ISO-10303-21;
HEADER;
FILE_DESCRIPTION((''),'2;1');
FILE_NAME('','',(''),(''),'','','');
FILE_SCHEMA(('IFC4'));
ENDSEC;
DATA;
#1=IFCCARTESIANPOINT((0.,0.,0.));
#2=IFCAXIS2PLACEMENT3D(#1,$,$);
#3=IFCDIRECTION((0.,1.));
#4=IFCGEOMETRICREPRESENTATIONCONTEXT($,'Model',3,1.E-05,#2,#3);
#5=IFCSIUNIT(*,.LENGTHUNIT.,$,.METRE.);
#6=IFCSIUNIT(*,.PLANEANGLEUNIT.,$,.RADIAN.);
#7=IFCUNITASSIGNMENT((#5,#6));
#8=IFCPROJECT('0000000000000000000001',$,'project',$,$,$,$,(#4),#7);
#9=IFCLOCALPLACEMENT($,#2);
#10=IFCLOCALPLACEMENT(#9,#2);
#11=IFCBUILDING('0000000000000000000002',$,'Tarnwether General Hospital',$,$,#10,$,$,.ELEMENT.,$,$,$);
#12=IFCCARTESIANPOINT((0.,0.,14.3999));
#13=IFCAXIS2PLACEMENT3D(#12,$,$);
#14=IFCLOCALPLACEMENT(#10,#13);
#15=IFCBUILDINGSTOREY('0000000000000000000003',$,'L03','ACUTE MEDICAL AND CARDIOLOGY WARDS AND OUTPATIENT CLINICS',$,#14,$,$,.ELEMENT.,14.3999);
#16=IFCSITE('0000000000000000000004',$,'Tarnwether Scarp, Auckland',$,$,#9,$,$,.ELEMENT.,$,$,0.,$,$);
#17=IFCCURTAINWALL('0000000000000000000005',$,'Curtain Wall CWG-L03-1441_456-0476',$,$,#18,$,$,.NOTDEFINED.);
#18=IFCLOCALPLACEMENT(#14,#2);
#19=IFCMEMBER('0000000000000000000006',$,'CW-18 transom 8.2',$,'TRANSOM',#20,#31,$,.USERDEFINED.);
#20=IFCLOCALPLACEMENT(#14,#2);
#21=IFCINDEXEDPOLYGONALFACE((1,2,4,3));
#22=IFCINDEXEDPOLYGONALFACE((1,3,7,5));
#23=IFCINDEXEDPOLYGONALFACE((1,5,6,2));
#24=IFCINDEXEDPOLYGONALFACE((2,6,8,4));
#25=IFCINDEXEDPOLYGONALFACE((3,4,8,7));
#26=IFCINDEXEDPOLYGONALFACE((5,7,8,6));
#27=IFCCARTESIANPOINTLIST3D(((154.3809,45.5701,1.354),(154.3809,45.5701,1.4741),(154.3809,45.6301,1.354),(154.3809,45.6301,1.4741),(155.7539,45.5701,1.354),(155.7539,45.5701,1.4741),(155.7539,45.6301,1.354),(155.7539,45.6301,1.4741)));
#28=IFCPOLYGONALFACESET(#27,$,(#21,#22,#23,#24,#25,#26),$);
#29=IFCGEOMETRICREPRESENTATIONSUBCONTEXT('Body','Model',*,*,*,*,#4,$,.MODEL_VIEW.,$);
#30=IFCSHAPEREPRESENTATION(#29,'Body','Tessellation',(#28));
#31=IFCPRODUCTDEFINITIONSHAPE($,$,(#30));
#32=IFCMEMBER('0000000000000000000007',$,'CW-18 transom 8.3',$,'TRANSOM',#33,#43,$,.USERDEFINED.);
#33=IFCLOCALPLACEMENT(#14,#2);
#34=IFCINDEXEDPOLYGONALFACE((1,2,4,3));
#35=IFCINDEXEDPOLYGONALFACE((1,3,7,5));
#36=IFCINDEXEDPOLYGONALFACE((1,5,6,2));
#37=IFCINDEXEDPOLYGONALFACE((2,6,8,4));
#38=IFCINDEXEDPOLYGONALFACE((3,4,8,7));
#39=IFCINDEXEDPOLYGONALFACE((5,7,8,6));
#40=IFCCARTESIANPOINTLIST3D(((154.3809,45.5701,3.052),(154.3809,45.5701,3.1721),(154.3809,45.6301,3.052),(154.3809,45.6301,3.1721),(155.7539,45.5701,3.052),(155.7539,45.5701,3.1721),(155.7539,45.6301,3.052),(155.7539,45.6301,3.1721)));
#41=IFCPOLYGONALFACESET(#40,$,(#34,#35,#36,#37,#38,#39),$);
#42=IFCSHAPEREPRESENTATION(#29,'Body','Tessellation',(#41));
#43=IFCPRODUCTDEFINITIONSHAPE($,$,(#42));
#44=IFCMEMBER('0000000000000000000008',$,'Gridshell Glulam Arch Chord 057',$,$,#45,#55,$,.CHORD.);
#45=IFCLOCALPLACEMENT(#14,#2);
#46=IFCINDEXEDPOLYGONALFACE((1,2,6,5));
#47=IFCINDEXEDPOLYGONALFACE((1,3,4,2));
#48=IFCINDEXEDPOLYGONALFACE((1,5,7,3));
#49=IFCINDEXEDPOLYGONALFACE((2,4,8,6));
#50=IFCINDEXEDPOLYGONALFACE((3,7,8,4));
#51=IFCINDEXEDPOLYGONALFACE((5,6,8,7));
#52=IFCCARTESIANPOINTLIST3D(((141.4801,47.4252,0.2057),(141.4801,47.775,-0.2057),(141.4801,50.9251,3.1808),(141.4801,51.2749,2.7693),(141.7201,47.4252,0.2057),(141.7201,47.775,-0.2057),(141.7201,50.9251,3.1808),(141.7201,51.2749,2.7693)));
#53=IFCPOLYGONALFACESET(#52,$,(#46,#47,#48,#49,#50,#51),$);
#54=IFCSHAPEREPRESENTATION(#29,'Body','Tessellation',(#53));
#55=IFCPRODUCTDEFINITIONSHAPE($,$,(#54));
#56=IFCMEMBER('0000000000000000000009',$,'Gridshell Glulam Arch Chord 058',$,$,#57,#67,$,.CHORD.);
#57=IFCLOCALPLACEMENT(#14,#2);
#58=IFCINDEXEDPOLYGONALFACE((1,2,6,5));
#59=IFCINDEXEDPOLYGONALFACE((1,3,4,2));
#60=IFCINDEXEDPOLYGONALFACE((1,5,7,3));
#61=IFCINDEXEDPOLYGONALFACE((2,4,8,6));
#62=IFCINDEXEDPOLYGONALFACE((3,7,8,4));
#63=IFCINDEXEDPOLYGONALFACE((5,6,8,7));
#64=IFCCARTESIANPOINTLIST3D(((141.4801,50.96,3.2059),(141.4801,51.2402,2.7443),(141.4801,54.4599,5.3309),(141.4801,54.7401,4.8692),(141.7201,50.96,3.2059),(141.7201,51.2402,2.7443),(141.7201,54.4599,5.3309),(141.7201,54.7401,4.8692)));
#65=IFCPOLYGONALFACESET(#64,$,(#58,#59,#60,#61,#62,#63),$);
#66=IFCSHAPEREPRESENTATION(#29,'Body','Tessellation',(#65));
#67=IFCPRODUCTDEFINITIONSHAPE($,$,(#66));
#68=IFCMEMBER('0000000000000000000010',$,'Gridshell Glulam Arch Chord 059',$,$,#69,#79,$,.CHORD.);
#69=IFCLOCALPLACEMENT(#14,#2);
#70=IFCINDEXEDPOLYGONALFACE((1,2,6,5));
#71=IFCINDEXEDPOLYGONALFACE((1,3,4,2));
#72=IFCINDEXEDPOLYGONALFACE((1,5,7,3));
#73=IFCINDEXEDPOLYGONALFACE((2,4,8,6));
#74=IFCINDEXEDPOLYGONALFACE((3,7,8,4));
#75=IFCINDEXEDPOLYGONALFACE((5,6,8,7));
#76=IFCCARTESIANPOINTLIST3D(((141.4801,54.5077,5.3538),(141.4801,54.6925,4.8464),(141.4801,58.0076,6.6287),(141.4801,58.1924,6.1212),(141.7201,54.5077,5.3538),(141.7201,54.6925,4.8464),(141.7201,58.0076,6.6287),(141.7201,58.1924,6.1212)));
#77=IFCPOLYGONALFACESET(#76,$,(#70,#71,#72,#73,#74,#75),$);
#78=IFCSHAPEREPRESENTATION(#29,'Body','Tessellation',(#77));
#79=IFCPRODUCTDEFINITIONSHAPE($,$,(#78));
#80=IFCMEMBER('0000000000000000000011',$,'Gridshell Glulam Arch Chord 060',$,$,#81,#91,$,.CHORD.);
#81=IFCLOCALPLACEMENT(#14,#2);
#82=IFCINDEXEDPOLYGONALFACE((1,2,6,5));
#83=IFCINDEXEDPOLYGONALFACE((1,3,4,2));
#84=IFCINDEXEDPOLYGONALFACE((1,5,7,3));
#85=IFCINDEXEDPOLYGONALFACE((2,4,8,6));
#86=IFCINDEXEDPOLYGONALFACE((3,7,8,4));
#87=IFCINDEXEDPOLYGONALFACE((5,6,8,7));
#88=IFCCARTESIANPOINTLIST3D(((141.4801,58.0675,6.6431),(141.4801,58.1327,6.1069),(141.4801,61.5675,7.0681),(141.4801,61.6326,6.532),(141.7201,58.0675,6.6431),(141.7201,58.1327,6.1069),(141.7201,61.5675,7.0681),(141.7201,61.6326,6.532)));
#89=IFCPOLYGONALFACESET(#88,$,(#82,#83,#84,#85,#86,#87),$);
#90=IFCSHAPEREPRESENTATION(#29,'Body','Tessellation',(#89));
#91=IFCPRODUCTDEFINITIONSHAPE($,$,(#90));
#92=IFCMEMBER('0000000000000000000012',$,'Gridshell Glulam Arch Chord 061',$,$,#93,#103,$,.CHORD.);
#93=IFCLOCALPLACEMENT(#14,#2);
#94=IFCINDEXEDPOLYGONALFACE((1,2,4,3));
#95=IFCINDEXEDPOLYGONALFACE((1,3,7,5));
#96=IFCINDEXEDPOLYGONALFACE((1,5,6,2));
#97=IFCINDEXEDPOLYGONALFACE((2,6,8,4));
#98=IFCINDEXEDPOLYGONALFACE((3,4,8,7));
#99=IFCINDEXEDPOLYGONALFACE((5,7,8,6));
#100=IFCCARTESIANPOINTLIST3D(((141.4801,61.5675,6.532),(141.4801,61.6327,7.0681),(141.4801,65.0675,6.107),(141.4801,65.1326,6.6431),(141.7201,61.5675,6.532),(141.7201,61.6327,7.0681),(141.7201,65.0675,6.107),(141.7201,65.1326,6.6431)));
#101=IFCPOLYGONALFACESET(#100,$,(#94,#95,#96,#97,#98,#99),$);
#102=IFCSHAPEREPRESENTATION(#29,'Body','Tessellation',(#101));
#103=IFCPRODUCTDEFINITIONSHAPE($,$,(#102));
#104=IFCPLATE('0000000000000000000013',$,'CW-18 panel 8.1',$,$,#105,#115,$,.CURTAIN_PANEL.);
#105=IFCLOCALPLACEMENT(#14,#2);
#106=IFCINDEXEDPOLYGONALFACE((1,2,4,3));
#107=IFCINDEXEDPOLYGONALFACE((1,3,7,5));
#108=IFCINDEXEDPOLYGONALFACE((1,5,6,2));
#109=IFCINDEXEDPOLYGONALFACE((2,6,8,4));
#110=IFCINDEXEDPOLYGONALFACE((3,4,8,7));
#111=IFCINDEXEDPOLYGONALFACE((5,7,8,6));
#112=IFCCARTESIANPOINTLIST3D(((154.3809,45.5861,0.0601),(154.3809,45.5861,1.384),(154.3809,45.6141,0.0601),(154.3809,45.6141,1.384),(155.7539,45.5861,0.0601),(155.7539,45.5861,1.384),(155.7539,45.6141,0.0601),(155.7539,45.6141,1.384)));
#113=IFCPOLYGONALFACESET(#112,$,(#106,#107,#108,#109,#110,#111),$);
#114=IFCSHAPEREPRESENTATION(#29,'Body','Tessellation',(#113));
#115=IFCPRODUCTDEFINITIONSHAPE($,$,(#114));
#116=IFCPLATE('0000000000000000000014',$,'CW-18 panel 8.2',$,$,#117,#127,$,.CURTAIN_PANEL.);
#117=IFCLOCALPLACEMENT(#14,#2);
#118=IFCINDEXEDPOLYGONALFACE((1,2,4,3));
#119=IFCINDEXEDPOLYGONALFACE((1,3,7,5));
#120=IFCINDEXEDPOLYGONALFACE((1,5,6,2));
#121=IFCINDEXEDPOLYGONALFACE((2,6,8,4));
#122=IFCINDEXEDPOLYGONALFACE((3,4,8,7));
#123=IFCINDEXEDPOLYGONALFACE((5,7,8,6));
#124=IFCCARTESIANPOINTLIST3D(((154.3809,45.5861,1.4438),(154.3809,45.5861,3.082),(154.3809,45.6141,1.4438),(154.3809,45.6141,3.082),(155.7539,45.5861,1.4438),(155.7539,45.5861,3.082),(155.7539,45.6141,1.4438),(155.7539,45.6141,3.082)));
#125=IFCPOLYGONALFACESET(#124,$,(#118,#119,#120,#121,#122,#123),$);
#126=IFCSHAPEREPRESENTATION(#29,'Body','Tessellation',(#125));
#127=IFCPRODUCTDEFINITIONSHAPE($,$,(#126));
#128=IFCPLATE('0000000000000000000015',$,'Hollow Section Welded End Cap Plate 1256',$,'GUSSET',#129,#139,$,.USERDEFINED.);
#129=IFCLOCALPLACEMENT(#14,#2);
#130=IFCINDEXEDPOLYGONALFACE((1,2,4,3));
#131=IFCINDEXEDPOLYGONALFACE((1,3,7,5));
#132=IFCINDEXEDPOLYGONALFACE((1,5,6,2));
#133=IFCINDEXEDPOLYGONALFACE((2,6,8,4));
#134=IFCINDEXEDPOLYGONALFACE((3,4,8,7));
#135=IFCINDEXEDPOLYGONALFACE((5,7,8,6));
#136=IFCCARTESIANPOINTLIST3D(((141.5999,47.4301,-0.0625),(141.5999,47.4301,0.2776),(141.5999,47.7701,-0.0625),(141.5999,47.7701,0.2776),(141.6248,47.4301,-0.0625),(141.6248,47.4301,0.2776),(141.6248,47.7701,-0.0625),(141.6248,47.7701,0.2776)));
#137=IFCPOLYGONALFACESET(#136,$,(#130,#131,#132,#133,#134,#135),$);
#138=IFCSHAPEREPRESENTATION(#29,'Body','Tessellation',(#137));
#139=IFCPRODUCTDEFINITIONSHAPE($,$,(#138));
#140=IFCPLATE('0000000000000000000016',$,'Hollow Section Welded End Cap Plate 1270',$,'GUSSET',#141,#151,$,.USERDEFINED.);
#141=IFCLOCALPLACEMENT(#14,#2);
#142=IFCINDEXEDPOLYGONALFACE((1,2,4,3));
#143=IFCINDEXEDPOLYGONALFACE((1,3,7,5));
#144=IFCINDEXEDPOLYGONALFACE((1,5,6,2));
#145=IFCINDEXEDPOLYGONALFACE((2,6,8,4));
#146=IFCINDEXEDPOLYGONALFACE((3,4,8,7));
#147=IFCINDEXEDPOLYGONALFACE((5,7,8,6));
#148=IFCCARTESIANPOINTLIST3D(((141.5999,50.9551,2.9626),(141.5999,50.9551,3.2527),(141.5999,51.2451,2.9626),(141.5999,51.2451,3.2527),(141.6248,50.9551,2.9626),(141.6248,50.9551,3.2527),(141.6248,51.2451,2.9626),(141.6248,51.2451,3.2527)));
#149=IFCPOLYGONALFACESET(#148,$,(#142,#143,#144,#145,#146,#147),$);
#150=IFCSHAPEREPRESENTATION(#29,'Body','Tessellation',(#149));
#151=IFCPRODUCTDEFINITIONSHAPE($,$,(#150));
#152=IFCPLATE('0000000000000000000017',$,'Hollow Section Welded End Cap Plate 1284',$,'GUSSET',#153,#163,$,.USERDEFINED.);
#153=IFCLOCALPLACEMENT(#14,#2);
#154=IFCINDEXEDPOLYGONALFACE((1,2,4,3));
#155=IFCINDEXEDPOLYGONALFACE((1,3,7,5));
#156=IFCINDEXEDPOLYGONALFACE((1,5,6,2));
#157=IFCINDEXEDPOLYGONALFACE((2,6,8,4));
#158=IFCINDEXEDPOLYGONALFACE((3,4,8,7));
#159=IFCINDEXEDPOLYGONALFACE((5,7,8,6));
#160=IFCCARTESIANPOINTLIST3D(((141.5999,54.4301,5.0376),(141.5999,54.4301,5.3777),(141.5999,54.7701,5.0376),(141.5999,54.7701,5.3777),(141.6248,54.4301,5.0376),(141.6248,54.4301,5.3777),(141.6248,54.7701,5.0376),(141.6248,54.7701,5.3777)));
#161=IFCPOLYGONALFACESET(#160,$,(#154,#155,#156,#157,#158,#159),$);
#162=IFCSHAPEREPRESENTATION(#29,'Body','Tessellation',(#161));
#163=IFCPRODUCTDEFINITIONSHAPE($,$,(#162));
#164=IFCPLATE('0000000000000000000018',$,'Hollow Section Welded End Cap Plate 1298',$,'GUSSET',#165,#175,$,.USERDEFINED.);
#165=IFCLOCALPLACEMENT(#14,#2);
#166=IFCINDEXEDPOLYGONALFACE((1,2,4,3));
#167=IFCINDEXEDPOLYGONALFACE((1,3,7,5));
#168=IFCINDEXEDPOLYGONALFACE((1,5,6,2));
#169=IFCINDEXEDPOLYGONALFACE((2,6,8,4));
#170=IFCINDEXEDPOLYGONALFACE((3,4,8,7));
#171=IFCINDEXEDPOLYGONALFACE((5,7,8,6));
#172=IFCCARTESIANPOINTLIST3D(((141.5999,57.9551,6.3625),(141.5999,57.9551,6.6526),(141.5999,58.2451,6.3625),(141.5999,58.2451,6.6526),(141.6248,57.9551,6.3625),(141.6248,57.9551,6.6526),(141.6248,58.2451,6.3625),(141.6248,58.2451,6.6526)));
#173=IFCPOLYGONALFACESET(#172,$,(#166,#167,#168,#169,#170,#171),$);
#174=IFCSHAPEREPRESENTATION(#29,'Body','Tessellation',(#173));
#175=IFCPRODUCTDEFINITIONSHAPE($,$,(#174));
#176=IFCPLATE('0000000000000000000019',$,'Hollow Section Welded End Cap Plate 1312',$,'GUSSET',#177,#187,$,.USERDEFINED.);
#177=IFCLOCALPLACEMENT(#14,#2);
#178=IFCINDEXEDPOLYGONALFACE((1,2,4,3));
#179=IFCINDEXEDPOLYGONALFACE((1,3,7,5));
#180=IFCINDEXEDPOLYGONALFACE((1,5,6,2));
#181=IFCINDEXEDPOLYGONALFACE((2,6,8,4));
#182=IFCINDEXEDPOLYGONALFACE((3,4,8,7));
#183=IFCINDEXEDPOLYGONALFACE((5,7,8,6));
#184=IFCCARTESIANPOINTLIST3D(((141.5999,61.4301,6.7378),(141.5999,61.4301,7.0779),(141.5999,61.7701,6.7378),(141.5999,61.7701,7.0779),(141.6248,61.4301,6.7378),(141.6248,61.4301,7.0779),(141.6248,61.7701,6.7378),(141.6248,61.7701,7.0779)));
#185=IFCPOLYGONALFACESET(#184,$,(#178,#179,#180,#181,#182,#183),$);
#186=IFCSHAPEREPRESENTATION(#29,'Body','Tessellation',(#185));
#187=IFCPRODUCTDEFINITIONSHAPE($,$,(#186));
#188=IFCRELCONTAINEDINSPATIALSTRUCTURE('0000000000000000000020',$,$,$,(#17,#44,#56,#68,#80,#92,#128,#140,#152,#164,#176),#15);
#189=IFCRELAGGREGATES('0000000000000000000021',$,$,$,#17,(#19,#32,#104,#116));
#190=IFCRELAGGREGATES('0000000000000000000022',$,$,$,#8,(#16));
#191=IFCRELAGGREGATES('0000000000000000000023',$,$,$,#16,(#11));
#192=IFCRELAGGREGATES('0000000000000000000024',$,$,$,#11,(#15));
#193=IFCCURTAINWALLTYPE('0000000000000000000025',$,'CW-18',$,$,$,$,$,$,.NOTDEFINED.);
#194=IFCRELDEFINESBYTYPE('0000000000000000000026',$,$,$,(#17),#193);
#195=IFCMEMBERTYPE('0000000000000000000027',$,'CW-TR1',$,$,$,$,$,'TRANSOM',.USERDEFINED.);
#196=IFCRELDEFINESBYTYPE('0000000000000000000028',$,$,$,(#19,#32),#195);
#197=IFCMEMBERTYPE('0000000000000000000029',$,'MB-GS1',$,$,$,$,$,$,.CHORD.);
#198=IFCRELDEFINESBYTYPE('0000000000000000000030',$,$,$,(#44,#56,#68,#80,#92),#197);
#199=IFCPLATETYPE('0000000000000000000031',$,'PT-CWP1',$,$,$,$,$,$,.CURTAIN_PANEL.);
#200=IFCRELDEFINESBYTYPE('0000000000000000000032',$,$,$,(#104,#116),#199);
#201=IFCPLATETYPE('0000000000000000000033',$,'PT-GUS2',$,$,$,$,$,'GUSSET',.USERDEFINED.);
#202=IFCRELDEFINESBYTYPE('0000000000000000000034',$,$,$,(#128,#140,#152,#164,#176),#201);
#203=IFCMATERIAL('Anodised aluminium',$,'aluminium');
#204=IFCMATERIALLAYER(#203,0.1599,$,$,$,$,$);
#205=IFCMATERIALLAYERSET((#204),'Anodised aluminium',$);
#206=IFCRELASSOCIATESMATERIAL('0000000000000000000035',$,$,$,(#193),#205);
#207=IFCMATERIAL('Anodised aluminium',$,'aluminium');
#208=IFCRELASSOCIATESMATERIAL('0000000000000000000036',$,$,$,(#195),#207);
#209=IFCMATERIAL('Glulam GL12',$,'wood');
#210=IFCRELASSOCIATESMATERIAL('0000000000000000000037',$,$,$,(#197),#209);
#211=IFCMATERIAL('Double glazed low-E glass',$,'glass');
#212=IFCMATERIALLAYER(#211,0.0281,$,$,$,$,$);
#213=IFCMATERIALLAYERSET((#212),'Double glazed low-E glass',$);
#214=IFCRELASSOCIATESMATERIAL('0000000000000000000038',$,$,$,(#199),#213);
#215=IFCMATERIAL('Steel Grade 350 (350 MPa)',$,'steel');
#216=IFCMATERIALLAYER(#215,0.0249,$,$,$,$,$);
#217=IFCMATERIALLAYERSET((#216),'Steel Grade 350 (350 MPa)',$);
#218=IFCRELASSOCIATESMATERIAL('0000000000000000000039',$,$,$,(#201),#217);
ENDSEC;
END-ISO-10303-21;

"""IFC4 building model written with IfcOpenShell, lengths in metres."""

from ifc_helpers import new_model, si_unit, direction, frame, origin, origin_2d, place, context, subcontext, project, spatial, rectangle, extrude, material, layer, layer_set, material_profile, profile_set, type_object, element, aggregate, save


model = new_model("IFC4")

# Units and contexts
model_context = context("Model", 3, precision=1e-05, world=origin(), true_north=direction((0.0, 1.0)))
body_context = subcontext(model_context, "Body", "Model", "MODEL_VIEW")
ifc_project = project(units=[si_unit("LENGTHUNIT", "METRE"), si_unit("PLANEANGLEUNIT", "RADIAN")], contexts=[model_context])

# Site, building, storey
site_placement = place(None, origin())
site = spatial("IfcSite", under=ifc_project, at=site_placement, Name="Tarnwether Scarp, Auckland", CompositionType="ELEMENT", RefElevation=0.0)
building_placement = place(site_placement, origin())
building = spatial("IfcBuilding", under=site, at=building_placement, Name="Tarnwether General Hospital", CompositionType="ELEMENT")
storey_placement = place(building_placement, frame((0.0, 0.0, 14.3999)))
storey = spatial("IfcBuildingStorey", under=building, at=storey_placement, Name="L03", Description="ACUTE MEDICAL AND CARDIOLOGY WARDS AND OUTPATIENT CLINICS", CompositionType="ELEMENT", Elevation=14.3999)

# Curtain wall, members
ifc_material_1 = material(Name="Anodised aluminium", Category="aluminium")
ifc_layer_1 = layer(ifc_material_1, 0.1599)
ifc_layer_set_1 = layer_set([ifc_layer_1], Name="Anodised aluminium")
curtain_wall_type = type_object("IfcCurtainWallType", Name="CW-18", PredefinedType="NOTDEFINED", material=ifc_layer_set_1)
curtain_wall_placement = place(storey_placement, origin())
curtain_wall = element("IfcCurtainWall", 1, at=curtain_wall_placement, inside=storey, type_object=curtain_wall_type, Name="Curtain Wall CWG-L03-1441_456-0476", PredefinedType="NOTDEFINED")
ifc_material_2 = material(Name="Anodised aluminium", Category="aluminium")
ifc_material_profile_1 = material_profile(ifc_material_2, rectangle(XDim=0.0601, YDim=0.1201, at=origin_2d()), Name="ALU-TRN-60x120")
ifc_profile_set_1 = profile_set([ifc_material_profile_1], Name="Anodised aluminium")
member_type_1 = type_object("IfcMemberType", Name="CW-TR1", ElementType="TRANSOM", PredefinedType="USERDEFINED", material=ifc_profile_set_1)
member_1_placement = place(storey_placement, frame((154.3809, 45.6001, 1.4141), z_axis=(1.0, 0.0, 0.0), x_axis=(0.0, 1.0, 0.0)))
member_1 = element("IfcMember", 2, at=member_1_placement, type_object=member_type_1, Name="CW-18 transom 8.2", ObjectType="TRANSOM", PredefinedType="USERDEFINED", context=body_context, shape_type="SweptSolid", body=[
    extrude(rectangle(XDim=0.0601, YDim=0.1201, at=origin_2d()), origin(), (0.0, 0.0, 1.0), 1.373),
])
member_2_placement = place(storey_placement, frame((154.3809, 45.6001, 3.1121), z_axis=(1.0, 0.0, 0.0), x_axis=(0.0, 1.0, 0.0)))
member_2 = element("IfcMember", 3, at=member_2_placement, type_object=member_type_1, Name="CW-18 transom 8.3", ObjectType="TRANSOM", PredefinedType="USERDEFINED", context=body_context, shape_type="SweptSolid", body=[
    extrude(rectangle(XDim=0.0601, YDim=0.1201, at=origin_2d()), origin(), (0.0, 0.0, 1.0), 1.373),
])

# Members
ifc_material_3 = material(Name="Glulam GL12", Category="wood")
ifc_material_profile_2 = material_profile(ifc_material_3, rectangle(XDim=0.24, YDim=0.54, at=origin_2d()), Name="GL12-240x540")
ifc_profile_set_2 = profile_set([ifc_material_profile_2], Name="Glulam GL12")
member_type_2 = type_object("IfcMemberType", Name="MB-GS1", PredefinedType="CHORD", material=ifc_profile_set_2)
member_3_placement = place(storey_placement, frame((141.6001, 47.6001, 0.0), z_axis=(0.0, 0.761929, 0.647661), x_axis=(-1.0, 0.0, 0.0)))
element("IfcMember", 4, at=member_3_placement, inside=storey, type_object=member_type_2, Name="Gridshell Glulam Arch Chord 057", PredefinedType="CHORD", context=body_context, shape_type="SweptSolid", body=[
    extrude(rectangle(XDim=0.24, YDim=0.54, at=origin_2d()), origin(), (0.0, 0.0, 1.0), 4.5935),
])
member_4_placement = place(storey_placement, frame((141.6001, 51.1001, 2.9751), z_axis=(0.0, 0.854788, 0.518978), x_axis=(-1.0, 0.0, 0.0)))
element("IfcMember", 5, at=member_4_placement, inside=storey, type_object=member_type_2, Name="Gridshell Glulam Arch Chord 058", PredefinedType="CHORD", context=body_context, shape_type="SweptSolid", body=[
    extrude(rectangle(XDim=0.24, YDim=0.54, at=origin_2d()), origin(), (0.0, 0.0, 1.0), 4.0945),
])
member_5_placement = place(storey_placement, frame((141.6001, 54.6001, 5.1001), z_axis=(0.0, 0.939606, 0.342259), x_axis=(-1.0, 0.0, 0.0)))
element("IfcMember", 6, at=member_5_placement, inside=storey, type_object=member_type_2, Name="Gridshell Glulam Arch Chord 059", PredefinedType="CHORD", context=body_context, shape_type="SweptSolid", body=[
    extrude(rectangle(XDim=0.24, YDim=0.54, at=origin_2d()), origin(), (0.0, 0.0, 1.0), 3.7249),
])
for number, where, z_axis, x_axis, name in (
    (7, (141.6001, 58.1001, 6.375), (0.0, 0.992706, 0.120557), (-1.0, 0.0, 0.0), "Gridshell Glulam Arch Chord 060"),
    (8, (141.6001, 61.6001, 6.8), (0.0, 0.992706, -0.120557), (-1.0, 0.0, 0.0), "Gridshell Glulam Arch Chord 061"),
):
    element("IfcMember", number, at=place(storey_placement, frame(where, z_axis=z_axis, x_axis=x_axis)), inside=storey, type_object=member_type_2, Name=name, PredefinedType="CHORD", context=body_context, shape_type="SweptSolid", body=[
        extrude(rectangle(XDim=0.24, YDim=0.54, at=origin_2d()), origin(), (0.0, 0.0, 1.0), 3.5256),
    ])

# Plates
ifc_material_4 = material(Name="Double glazed low-E glass", Category="glass")
ifc_layer_2 = layer(ifc_material_4, 0.0281)
ifc_layer_set_2 = layer_set([ifc_layer_2], Name="Double glazed low-E glass")
plate_type_1 = type_object("IfcPlateType", Name="PT-CWP1", PredefinedType="CURTAIN_PANEL", material=ifc_layer_set_2)
plate_1_placement = place(storey_placement, frame((155.0674, 45.6001, 0.0601), z_axis=(0.0, 0.0, 1.0), x_axis=(1.0, 0.0, 0.0)))
plate_1 = element("IfcPlate", 9, at=plate_1_placement, type_object=plate_type_1, Name="CW-18 panel 8.1", PredefinedType="CURTAIN_PANEL", context=body_context, shape_type="SweptSolid", body=[
    extrude(rectangle(XDim=1.373, YDim=0.0281, at=origin_2d()), origin(), (0.0, 0.0, 1.0), 1.324),
])
plate_2_placement = place(storey_placement, frame((155.0674, 45.6001, 1.4438), z_axis=(0.0, 0.0, 1.0), x_axis=(1.0, 0.0, 0.0)))
plate_2 = element("IfcPlate", 10, at=plate_2_placement, type_object=plate_type_1, Name="CW-18 panel 8.2", PredefinedType="CURTAIN_PANEL", context=body_context, shape_type="SweptSolid", body=[
    extrude(rectangle(XDim=1.373, YDim=0.0281, at=origin_2d()), origin(), (0.0, 0.0, 1.0), 1.6382),
])
aggregate(curtain_wall, [member_1, member_2, plate_1, plate_2])

# Plates
ifc_material_5 = material(Name="Steel Grade 350 (350 MPa)", Category="steel")
ifc_layer_3 = layer(ifc_material_5, 0.0249)
ifc_layer_set_3 = layer_set([ifc_layer_3], Name="Steel Grade 350 (350 MPa)")
plate_type_2 = type_object("IfcPlateType", Name="PT-GUS2", ElementType="GUSSET", PredefinedType="USERDEFINED", material=ifc_layer_set_3)
plate_3_placement = place(storey_placement, frame((141.6123, 47.6001, -0.0625), z_axis=(0.0, 0.0, 1.0), x_axis=(1.0, 0.0, 0.0)))
element("IfcPlate", 11, at=plate_3_placement, inside=storey, type_object=plate_type_2, Name="Hollow Section Welded End Cap Plate 1256", ObjectType="GUSSET", PredefinedType="USERDEFINED", context=body_context, shape_type="SweptSolid", body=[
    extrude(rectangle(XDim=0.0249, YDim=0.3401, at=origin_2d()), origin(), (0.0, 0.0, 1.0), 0.3401),
])
plate_4_placement = place(storey_placement, frame((141.6123, 51.1001, 2.9626), z_axis=(0.0, 0.0, 1.0), x_axis=(1.0, 0.0, 0.0)))
element("IfcPlate", 12, at=plate_4_placement, inside=storey, type_object=plate_type_2, Name="Hollow Section Welded End Cap Plate 1270", ObjectType="GUSSET", PredefinedType="USERDEFINED", context=body_context, shape_type="SweptSolid", body=[
    extrude(rectangle(XDim=0.0249, YDim=0.29, at=origin_2d()), origin(), (0.0, 0.0, 1.0), 0.29),
])
plate_5_placement = place(storey_placement, frame((141.6123, 54.6001, 5.0376), z_axis=(0.0, 0.0, 1.0), x_axis=(1.0, 0.0, 0.0)))
element("IfcPlate", 13, at=plate_5_placement, inside=storey, type_object=plate_type_2, Name="Hollow Section Welded End Cap Plate 1284", ObjectType="GUSSET", PredefinedType="USERDEFINED", context=body_context, shape_type="SweptSolid", body=[
    extrude(rectangle(XDim=0.0249, YDim=0.3401, at=origin_2d()), origin(), (0.0, 0.0, 1.0), 0.3401),
])
plate_6_placement = place(storey_placement, frame((141.6123, 58.1001, 6.3625), z_axis=(0.0, 0.0, 1.0), x_axis=(1.0, 0.0, 0.0)))
element("IfcPlate", 14, at=plate_6_placement, inside=storey, type_object=plate_type_2, Name="Hollow Section Welded End Cap Plate 1298", ObjectType="GUSSET", PredefinedType="USERDEFINED", context=body_context, shape_type="SweptSolid", body=[
    extrude(rectangle(XDim=0.0249, YDim=0.29, at=origin_2d()), origin(), (0.0, 0.0, 1.0), 0.29),
])
plate_7_placement = place(storey_placement, frame((141.6123, 61.6001, 6.7378), z_axis=(0.0, 0.0, 1.0), x_axis=(1.0, 0.0, 0.0)))
element("IfcPlate", 15, at=plate_7_placement, inside=storey, type_object=plate_type_2, Name="Hollow Section Welded End Cap Plate 1312", ObjectType="GUSSET", PredefinedType="USERDEFINED", context=body_context, shape_type="SweptSolid", body=[
    extrude(rectangle(XDim=0.0249, YDim=0.3401, at=origin_2d()), origin(), (0.0, 0.0, 1.0), 0.3401),
])

save(model, "model.ifc")
